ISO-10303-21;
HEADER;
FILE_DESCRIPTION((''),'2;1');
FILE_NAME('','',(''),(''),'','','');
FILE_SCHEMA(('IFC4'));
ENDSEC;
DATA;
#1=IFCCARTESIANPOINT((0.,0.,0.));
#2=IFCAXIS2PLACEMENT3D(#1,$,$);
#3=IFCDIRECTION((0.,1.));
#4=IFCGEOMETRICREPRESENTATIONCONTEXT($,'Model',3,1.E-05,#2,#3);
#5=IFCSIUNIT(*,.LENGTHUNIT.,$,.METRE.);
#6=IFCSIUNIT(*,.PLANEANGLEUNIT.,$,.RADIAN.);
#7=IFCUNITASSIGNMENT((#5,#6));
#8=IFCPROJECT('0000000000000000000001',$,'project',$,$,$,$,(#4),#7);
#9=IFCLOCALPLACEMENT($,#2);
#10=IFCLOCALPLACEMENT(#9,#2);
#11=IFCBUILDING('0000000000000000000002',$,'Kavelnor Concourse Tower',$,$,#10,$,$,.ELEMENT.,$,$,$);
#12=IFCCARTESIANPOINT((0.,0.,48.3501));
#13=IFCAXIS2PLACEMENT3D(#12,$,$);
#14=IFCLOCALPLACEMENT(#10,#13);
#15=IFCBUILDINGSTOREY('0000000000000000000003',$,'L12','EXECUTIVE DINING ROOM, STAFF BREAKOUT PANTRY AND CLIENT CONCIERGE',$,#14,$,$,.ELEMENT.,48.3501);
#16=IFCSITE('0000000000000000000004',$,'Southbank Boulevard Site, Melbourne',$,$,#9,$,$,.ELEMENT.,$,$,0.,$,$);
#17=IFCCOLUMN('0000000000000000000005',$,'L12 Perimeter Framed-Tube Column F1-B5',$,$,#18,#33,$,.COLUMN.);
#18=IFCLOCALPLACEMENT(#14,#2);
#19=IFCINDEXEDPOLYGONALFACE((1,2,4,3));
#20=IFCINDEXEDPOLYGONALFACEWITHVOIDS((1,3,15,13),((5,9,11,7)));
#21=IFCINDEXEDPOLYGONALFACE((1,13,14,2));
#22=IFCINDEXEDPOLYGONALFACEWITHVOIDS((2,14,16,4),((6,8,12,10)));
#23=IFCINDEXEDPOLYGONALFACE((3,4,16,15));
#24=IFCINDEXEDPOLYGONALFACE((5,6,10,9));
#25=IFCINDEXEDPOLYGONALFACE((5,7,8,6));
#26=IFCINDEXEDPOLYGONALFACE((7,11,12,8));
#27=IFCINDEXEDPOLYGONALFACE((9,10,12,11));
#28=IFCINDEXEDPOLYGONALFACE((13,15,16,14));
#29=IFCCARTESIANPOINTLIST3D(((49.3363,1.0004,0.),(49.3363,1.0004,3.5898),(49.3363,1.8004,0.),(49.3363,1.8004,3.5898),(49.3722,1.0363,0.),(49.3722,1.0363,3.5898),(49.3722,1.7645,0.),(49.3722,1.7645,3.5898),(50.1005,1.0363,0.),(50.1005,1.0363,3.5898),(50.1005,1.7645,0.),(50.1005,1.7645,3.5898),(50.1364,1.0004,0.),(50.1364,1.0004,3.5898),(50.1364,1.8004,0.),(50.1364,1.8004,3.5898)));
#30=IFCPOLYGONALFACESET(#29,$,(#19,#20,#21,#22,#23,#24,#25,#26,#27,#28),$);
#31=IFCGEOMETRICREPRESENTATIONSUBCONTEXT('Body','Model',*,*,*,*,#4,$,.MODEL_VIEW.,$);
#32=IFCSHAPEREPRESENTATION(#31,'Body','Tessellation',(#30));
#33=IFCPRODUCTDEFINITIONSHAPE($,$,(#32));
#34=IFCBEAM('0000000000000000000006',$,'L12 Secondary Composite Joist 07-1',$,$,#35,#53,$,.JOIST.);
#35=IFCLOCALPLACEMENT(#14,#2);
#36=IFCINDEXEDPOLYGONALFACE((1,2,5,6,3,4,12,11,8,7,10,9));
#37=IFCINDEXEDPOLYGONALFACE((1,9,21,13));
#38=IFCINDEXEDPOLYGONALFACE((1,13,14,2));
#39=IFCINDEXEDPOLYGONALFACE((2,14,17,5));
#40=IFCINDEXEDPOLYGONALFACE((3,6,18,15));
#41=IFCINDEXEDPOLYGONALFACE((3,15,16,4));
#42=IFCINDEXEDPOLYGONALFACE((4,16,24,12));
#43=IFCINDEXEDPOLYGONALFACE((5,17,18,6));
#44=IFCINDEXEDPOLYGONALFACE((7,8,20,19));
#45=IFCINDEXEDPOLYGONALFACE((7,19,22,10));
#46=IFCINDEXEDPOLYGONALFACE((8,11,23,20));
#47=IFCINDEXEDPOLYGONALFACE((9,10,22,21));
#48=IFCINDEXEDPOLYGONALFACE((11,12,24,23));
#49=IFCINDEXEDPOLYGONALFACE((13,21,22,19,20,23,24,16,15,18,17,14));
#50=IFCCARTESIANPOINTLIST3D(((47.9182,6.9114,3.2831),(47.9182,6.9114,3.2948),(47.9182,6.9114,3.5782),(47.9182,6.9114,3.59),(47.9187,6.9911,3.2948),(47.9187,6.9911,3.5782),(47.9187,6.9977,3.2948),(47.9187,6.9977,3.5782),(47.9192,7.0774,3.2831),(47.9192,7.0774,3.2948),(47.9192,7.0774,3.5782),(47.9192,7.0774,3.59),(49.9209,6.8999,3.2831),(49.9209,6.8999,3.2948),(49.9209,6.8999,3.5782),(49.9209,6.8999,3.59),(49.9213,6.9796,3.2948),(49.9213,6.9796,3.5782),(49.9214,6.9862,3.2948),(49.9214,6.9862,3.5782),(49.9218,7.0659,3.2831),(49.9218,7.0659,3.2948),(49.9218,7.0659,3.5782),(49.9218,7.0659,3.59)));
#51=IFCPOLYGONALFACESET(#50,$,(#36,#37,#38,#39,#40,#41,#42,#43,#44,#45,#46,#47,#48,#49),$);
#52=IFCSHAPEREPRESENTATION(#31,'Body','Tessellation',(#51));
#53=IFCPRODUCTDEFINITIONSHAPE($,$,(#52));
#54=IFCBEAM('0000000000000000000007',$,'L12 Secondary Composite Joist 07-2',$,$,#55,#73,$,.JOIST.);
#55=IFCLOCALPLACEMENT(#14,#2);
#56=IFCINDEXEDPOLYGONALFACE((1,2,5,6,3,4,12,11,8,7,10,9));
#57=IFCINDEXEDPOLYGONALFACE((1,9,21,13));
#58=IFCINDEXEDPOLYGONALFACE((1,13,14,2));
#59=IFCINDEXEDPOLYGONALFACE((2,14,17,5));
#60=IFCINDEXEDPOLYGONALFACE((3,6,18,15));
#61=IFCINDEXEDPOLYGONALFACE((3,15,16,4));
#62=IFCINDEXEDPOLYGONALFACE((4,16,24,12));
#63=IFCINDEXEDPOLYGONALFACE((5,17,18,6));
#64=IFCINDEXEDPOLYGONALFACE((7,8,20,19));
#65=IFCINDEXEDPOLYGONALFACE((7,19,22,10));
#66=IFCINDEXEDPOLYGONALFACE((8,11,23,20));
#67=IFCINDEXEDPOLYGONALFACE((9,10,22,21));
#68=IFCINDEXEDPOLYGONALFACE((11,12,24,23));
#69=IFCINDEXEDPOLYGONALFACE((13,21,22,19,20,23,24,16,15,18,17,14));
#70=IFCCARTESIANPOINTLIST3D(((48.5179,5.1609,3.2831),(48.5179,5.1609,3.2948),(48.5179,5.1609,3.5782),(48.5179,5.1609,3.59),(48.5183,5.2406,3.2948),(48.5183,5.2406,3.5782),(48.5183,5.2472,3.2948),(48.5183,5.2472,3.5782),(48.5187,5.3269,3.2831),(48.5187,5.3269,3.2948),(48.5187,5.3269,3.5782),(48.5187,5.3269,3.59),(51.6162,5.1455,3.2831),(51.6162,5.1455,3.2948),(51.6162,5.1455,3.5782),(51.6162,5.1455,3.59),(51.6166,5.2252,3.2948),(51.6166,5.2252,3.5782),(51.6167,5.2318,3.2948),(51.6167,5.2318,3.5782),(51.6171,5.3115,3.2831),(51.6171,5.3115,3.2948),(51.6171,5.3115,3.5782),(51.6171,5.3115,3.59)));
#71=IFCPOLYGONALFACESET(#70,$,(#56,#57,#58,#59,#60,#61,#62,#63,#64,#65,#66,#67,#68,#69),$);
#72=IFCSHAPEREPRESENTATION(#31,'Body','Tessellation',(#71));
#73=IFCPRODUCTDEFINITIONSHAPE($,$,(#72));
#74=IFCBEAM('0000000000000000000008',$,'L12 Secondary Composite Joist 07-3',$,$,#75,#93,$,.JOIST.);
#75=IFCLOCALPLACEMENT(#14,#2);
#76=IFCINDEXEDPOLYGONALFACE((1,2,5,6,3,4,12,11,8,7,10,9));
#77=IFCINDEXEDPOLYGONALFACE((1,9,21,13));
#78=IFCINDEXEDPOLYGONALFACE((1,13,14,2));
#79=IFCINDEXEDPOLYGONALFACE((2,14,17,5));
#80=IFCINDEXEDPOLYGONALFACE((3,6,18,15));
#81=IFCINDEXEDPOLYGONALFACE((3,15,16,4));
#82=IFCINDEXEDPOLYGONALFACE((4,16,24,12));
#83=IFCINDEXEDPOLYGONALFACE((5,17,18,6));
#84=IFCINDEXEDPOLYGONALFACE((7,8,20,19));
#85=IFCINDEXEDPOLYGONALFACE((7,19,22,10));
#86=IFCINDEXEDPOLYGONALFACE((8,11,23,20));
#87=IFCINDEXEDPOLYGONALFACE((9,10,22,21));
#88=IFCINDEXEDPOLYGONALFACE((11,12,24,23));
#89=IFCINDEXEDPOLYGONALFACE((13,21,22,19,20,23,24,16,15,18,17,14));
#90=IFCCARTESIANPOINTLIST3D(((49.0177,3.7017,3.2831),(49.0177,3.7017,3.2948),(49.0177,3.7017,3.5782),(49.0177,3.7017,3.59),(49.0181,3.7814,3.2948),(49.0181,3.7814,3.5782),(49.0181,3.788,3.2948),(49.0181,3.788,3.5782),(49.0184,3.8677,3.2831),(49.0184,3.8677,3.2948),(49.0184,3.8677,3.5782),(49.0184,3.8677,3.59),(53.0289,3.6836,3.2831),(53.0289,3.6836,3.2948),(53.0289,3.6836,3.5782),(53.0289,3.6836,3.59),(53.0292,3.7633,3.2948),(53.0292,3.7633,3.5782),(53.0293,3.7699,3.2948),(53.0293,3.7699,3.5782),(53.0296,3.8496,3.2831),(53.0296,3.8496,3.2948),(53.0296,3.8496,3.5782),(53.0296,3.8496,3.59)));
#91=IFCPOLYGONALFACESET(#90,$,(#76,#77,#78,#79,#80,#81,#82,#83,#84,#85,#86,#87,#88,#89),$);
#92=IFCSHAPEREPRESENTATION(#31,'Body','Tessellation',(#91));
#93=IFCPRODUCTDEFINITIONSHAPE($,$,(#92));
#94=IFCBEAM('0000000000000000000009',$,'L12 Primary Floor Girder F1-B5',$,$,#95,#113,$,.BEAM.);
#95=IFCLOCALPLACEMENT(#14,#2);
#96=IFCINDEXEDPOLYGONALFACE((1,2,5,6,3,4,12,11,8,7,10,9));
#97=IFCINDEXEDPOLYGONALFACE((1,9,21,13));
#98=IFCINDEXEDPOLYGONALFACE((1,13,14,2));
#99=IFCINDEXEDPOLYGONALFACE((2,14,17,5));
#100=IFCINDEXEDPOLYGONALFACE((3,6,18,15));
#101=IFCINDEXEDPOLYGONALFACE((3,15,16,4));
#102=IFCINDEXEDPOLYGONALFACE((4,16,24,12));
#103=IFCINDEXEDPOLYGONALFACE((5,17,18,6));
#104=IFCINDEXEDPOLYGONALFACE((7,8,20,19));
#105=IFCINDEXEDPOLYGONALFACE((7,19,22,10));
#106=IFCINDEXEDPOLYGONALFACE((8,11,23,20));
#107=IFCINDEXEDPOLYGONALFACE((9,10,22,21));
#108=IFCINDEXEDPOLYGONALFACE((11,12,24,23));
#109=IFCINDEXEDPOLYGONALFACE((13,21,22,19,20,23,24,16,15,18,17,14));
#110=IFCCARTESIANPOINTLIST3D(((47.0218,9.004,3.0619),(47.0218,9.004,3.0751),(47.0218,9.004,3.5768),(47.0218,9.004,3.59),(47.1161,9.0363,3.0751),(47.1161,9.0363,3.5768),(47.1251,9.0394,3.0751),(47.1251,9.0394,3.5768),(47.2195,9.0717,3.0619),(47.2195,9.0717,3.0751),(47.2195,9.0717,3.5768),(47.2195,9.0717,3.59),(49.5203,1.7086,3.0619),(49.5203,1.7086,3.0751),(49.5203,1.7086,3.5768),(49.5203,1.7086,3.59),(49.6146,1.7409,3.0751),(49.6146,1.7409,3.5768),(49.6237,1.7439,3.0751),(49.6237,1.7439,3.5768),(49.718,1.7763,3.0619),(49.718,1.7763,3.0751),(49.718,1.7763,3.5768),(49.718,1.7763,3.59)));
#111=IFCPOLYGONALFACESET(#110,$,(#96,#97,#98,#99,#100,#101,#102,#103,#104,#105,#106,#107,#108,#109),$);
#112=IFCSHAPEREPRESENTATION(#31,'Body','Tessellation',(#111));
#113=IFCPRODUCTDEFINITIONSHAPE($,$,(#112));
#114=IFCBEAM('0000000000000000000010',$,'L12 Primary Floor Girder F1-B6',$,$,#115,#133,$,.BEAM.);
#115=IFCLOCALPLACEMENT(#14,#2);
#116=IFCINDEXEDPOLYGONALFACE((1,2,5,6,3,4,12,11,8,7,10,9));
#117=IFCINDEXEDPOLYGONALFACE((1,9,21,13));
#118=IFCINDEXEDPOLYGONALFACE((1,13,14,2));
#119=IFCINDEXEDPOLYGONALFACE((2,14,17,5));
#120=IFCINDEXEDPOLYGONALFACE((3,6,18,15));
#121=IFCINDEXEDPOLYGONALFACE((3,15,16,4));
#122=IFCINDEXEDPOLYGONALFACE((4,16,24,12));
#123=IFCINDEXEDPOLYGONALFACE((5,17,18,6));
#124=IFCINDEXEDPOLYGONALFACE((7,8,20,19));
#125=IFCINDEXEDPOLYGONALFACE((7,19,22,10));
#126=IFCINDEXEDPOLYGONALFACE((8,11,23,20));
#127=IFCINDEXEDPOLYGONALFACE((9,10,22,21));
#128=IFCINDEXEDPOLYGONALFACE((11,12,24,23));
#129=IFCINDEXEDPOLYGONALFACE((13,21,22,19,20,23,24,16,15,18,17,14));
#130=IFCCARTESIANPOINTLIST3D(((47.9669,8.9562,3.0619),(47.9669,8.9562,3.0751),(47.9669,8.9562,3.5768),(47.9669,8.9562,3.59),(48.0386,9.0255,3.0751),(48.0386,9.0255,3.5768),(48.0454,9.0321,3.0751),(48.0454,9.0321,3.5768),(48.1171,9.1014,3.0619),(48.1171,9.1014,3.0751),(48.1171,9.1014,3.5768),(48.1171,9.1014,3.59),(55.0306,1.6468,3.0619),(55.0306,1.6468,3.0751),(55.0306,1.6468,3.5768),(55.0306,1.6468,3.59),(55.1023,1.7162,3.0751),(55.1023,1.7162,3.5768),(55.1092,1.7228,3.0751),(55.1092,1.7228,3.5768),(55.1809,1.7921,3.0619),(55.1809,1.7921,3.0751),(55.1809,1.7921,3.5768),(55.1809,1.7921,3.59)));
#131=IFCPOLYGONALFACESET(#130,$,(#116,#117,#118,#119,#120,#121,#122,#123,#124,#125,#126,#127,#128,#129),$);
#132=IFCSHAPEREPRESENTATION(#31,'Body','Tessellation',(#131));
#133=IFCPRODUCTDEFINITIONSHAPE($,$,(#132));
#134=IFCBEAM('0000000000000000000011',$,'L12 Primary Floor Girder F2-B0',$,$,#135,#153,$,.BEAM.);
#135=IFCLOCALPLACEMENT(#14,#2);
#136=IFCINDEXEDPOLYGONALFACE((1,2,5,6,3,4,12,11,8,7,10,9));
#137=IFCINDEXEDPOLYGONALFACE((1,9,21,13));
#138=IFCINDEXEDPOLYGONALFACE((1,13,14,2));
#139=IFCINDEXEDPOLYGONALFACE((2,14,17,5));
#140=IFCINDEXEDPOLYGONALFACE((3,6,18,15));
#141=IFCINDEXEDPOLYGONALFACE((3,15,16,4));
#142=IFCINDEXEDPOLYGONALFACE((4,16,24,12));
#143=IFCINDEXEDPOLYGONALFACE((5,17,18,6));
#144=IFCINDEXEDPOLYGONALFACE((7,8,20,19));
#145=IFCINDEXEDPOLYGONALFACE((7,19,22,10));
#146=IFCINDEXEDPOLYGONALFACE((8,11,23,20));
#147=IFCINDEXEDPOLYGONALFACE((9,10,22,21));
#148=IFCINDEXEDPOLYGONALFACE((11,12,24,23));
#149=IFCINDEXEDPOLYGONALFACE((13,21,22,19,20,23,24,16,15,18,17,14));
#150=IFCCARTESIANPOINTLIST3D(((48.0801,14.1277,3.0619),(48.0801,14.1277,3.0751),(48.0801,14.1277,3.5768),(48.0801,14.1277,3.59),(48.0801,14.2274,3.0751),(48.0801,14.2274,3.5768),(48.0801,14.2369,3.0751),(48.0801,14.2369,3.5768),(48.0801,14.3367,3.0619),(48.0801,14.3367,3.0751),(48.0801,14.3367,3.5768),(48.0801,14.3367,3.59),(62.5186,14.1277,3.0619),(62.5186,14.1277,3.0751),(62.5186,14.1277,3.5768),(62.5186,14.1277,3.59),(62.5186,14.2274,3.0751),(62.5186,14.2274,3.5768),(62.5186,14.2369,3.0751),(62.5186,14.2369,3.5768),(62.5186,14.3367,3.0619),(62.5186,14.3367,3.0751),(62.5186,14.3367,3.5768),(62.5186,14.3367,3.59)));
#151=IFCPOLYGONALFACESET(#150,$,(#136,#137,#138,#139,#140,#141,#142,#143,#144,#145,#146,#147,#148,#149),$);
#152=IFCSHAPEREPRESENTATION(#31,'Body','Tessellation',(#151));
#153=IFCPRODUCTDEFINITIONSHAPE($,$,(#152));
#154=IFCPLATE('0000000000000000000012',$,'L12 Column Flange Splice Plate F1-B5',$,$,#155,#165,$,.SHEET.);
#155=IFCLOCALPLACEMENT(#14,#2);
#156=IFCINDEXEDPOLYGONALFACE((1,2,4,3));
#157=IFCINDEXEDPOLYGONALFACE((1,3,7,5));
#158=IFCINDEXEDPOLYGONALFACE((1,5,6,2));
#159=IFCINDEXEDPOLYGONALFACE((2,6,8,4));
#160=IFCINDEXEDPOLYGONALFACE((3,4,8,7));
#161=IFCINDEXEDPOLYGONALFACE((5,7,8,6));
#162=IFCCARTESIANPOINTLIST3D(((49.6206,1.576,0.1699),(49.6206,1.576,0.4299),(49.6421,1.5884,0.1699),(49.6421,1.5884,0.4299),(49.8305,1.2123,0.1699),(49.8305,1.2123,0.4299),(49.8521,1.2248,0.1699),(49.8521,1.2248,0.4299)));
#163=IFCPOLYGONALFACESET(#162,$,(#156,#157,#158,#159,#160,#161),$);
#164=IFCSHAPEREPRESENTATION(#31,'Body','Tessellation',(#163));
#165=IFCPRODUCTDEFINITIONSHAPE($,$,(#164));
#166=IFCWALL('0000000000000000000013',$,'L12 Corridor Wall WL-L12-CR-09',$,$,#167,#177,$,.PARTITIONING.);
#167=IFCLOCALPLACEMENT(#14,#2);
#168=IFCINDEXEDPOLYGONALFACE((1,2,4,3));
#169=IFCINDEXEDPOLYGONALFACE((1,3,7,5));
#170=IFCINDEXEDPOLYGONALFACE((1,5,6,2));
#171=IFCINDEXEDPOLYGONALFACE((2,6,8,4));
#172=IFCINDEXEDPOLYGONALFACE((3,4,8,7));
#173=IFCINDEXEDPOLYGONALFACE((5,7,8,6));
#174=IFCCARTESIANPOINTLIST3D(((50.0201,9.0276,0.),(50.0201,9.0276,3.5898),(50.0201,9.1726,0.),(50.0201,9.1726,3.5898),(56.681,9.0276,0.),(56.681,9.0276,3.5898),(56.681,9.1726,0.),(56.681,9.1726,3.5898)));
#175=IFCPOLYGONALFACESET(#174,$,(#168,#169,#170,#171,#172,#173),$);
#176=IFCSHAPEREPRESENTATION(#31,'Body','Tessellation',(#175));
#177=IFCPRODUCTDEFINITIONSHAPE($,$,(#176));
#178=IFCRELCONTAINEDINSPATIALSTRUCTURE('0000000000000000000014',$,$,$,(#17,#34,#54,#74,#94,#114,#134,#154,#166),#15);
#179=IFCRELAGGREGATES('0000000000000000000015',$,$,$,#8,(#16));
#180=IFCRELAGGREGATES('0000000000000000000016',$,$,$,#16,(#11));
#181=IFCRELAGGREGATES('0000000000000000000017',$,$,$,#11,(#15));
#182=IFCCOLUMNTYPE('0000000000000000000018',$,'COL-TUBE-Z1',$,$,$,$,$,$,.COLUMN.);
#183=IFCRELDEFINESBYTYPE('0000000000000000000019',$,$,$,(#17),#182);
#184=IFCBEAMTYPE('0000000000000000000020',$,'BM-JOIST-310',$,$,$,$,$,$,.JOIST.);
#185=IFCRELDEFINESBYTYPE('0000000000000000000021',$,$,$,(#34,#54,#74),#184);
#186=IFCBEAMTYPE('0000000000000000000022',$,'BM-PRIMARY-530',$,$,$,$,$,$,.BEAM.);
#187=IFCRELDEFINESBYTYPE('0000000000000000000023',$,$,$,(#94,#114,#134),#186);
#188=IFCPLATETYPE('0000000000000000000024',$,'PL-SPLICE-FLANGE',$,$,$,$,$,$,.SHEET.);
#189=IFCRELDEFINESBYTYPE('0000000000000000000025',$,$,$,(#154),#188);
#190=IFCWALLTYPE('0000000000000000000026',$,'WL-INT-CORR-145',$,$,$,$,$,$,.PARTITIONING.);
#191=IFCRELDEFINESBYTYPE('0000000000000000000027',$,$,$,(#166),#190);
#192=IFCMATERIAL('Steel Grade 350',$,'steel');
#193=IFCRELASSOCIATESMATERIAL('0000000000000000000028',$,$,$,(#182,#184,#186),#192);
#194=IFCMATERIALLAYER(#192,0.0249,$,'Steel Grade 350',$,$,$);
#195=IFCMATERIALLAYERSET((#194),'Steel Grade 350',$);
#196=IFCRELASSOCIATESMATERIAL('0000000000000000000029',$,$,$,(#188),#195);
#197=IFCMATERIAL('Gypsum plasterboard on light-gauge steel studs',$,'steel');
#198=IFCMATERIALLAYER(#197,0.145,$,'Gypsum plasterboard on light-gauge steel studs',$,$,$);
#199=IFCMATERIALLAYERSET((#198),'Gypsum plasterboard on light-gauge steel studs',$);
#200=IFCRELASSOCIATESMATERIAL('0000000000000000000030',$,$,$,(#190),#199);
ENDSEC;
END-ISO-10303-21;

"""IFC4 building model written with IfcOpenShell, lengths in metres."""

from ifc_helpers import new_model, si_unit, direction, frame, frame_2d, origin, origin_2d, place, context, subcontext, project, spatial, rectangle, hollow_rectangle, i_section, extrude, material, layer, layer_set, material_profile, profile_set, type_object, element, save


model = new_model("IFC4")

# Units and contexts
model_context = context("Model", 3, precision=1e-05, world=origin(), true_north=direction((0.0, 1.0)))
body_context = subcontext(model_context, "Body", "Model", "MODEL_VIEW")
ifc_project = project(units=[si_unit("LENGTHUNIT", "METRE"), si_unit("PLANEANGLEUNIT", "RADIAN")], contexts=[model_context])

# Site, building, storey
site_placement = place(None, origin())
site = spatial("IfcSite", under=ifc_project, at=site_placement, Name="Southbank Boulevard Site, Melbourne", CompositionType="ELEMENT", RefElevation=0.0)
building_placement = place(site_placement, origin())
building = spatial("IfcBuilding", under=site, at=building_placement, Name="Kavelnor Concourse Tower", CompositionType="ELEMENT")
storey_placement = place(building_placement, frame((0.0, 0.0, 48.3501)))
storey = spatial("IfcBuildingStorey", under=building, at=storey_placement, Name="L12", Description="EXECUTIVE DINING ROOM, STAFF BREAKOUT PANTRY AND CLIENT CONCIERGE", CompositionType="ELEMENT", Elevation=48.3501)

# Column
ifc_material_1 = material(Name="Steel Grade 350", Category="steel")
ifc_material_profile_1 = material_profile(ifc_material_1, hollow_rectangle(XDim=0.8, YDim=0.8, WallThickness=0.0359, at=origin_2d()), Name="SHS 800x800x36")
ifc_profile_set_1 = profile_set([ifc_material_profile_1], Name="Steel Grade 350")
column_type = type_object("IfcColumnType", Name="COL-TUBE-Z1", PredefinedType="COLUMN", material=ifc_profile_set_1)
column_placement = place(storey_placement, frame((49.7363, 1.4004, 0.0), z_axis=(0.0, 0.0, 1.0), x_axis=(1.0, 0.0, 0.0)))
element("IfcColumn", 1, at=column_placement, inside=storey, type_object=column_type, Name="L12 Perimeter Framed-Tube Column F1-B5", PredefinedType="COLUMN", context=body_context, shape_type="SweptSolid", body=[
    extrude(hollow_rectangle(XDim=0.8, YDim=0.8, WallThickness=0.0359, at=origin_2d()), origin(), (0.0, 0.0, 1.0), 3.5898),
])

# Beams
ifc_material_profile_2 = material_profile(ifc_material_1, i_section(OverallWidth=0.166, OverallDepth=0.3069, WebThickness=0.0066, FlangeThickness=0.0117, at=origin_2d()), Name="310UB46")
ifc_profile_set_2 = profile_set([ifc_material_profile_2], Name="Steel Grade 350")
beam_type_1 = type_object("IfcBeamType", Name="BM-JOIST-310", PredefinedType="JOIST", material=ifc_profile_set_2)
beam_1_placement = place(storey_placement, frame((47.9187, 6.9944, 3.4365), z_axis=(0.999984, -0.00573, 0.0), x_axis=(0.00573, 0.999984, 0.0)))
element("IfcBeam", 2, at=beam_1_placement, inside=storey, type_object=beam_type_1, Name="L12 Secondary Composite Joist 07-1", PredefinedType="JOIST", context=body_context, shape_type="SweptSolid", body=[
    extrude(i_section(OverallWidth=0.166, OverallDepth=0.3069, WebThickness=0.0066, FlangeThickness=0.0117, at=origin_2d()), origin(), (0.0, 0.0, 1.0), 2.0027),
])
beam_2_placement = place(storey_placement, frame((48.5183, 5.2439, 3.4365), z_axis=(0.999988, -0.004964, 0.0), x_axis=(0.004964, 0.999988, 0.0)))
element("IfcBeam", 3, at=beam_2_placement, inside=storey, type_object=beam_type_1, Name="L12 Secondary Composite Joist 07-2", PredefinedType="JOIST", context=body_context, shape_type="SweptSolid", body=[
    extrude(i_section(OverallWidth=0.166, OverallDepth=0.3069, WebThickness=0.0066, FlangeThickness=0.0117, at=origin_2d()), origin(), (0.0, 0.0, 1.0), 3.0984),
])
beam_3_placement = place(storey_placement, frame((49.0181, 3.7847, 3.4365), z_axis=(0.99999, -0.004504, 0.0), x_axis=(0.004504, 0.99999, 0.0)))
element("IfcBeam", 4, at=beam_3_placement, inside=storey, type_object=beam_type_1, Name="L12 Secondary Composite Joist 07-3", PredefinedType="JOIST", context=body_context, shape_type="SweptSolid", body=[
    extrude(i_section(OverallWidth=0.166, OverallDepth=0.3069, WebThickness=0.0066, FlangeThickness=0.0117, at=origin_2d()), origin(), (0.0, 0.0, 1.0), 4.0112),
])
ifc_material_profile_3 = material_profile(ifc_material_1, i_section(OverallWidth=0.209, OverallDepth=0.5281, WebThickness=0.0095, FlangeThickness=0.0132, at=origin_2d()), Name="530UB82")
ifc_profile_set_3 = profile_set([ifc_material_profile_3], Name="Steel Grade 350")
beam_type_2 = type_object("IfcBeamType", Name="BM-PRIMARY-530", PredefinedType="BEAM", material=ifc_profile_set_3)
beam_4_placement = place(storey_placement, frame((47.1206, 9.0378, 3.3259), z_axis=(0.324005, -0.946055, 0.0), x_axis=(0.946055, 0.324005, 0.0)))
element("IfcBeam", 5, at=beam_4_placement, inside=storey, type_object=beam_type_2, Name="L12 Primary Floor Girder F1-B5", PredefinedType="BEAM", context=body_context, shape_type="SweptSolid", body=[
    extrude(i_section(OverallWidth=0.209, OverallDepth=0.5281, WebThickness=0.0095, FlangeThickness=0.0132, at=origin_2d()), origin(), (0.0, 0.0, 1.0), 7.7114),
])
beam_5_placement = place(storey_placement, frame((48.042, 9.0288, 3.3259), z_axis=(0.694922, -0.719085, 0.0), x_axis=(0.719085, 0.694922, 0.0)))
element("IfcBeam", 6, at=beam_5_placement, inside=storey, type_object=beam_type_2, Name="L12 Primary Floor Girder F1-B6", PredefinedType="BEAM", context=body_context, shape_type="SweptSolid", body=[
    extrude(i_section(OverallWidth=0.209, OverallDepth=0.5281, WebThickness=0.0095, FlangeThickness=0.0132, at=origin_2d()), origin(), (0.0, 0.0, 1.0), 10.1648),
])
beam_6_placement = place(storey_placement, frame((48.0801, 14.2322, 3.3259), z_axis=(1.0, 0.0, 0.0), x_axis=(0.0, 1.0, 0.0)))
element("IfcBeam", 7, at=beam_6_placement, inside=storey, type_object=beam_type_2, Name="L12 Primary Floor Girder F2-B0", PredefinedType="BEAM", context=body_context, shape_type="SweptSolid", body=[
    extrude(i_section(OverallWidth=0.209, OverallDepth=0.5281, WebThickness=0.0095, FlangeThickness=0.0132, at=origin_2d()), origin(), (0.0, 0.0, 1.0), 14.4385),
])

# Plate
ifc_layer_1 = layer(ifc_material_1, 0.0249, Name="Steel Grade 350")
ifc_layer_set_1 = layer_set([ifc_layer_1], Name="Steel Grade 350")
plate_type = type_object("IfcPlateType", Name="PL-SPLICE-FLANGE", PredefinedType="SHEET", material=ifc_layer_set_1)
plate_placement = place(storey_placement, frame((49.7363, 1.4004, 0.1699), z_axis=(0.0, 0.0, 1.0), x_axis=(-0.5, 0.866025, 0.0)))
element("IfcPlate", 8, at=plate_placement, inside=storey, type_object=plate_type, Name="L12 Column Flange Splice Plate F1-B5", PredefinedType="SHEET", context=body_context, shape_type="SweptSolid", body=[
    extrude(rectangle(XDim=0.4199, YDim=0.0249, at=origin_2d()), origin(), (0.0, 0.0, 1.0), 0.26),
])

# Wall
ifc_material_2 = material(Name="Gypsum plasterboard on light-gauge steel studs", Category="steel")
ifc_layer_2 = layer(ifc_material_2, 0.145, Name="Gypsum plasterboard on light-gauge steel studs")
ifc_layer_set_2 = layer_set([ifc_layer_2], Name="Gypsum plasterboard on light-gauge steel studs")
wall_type_1 = type_object("IfcWallType", Name="WL-INT-CORR-145", PredefinedType="PARTITIONING", material=ifc_layer_set_2)
wall_1_placement = place(storey_placement, frame((50.02, 9.1001, 0.0), z_axis=(0.0, 0.0, 1.0), x_axis=(1.0, 0.0, 0.0)))
element("IfcWall", 9, at=wall_1_placement, inside=storey, type_object=wall_type_1, Name="L12 Corridor Wall WL-L12-CR-09", PredefinedType="PARTITIONING", context=body_context, shape_type="SweptSolid", body=[
    extrude(rectangle(XDim=6.6609, YDim=0.145, at=frame_2d((3.3306, 0.0))), origin(), (0.0, 0.0, 1.0), 3.5898),
])

save(model, "model.ifc")
